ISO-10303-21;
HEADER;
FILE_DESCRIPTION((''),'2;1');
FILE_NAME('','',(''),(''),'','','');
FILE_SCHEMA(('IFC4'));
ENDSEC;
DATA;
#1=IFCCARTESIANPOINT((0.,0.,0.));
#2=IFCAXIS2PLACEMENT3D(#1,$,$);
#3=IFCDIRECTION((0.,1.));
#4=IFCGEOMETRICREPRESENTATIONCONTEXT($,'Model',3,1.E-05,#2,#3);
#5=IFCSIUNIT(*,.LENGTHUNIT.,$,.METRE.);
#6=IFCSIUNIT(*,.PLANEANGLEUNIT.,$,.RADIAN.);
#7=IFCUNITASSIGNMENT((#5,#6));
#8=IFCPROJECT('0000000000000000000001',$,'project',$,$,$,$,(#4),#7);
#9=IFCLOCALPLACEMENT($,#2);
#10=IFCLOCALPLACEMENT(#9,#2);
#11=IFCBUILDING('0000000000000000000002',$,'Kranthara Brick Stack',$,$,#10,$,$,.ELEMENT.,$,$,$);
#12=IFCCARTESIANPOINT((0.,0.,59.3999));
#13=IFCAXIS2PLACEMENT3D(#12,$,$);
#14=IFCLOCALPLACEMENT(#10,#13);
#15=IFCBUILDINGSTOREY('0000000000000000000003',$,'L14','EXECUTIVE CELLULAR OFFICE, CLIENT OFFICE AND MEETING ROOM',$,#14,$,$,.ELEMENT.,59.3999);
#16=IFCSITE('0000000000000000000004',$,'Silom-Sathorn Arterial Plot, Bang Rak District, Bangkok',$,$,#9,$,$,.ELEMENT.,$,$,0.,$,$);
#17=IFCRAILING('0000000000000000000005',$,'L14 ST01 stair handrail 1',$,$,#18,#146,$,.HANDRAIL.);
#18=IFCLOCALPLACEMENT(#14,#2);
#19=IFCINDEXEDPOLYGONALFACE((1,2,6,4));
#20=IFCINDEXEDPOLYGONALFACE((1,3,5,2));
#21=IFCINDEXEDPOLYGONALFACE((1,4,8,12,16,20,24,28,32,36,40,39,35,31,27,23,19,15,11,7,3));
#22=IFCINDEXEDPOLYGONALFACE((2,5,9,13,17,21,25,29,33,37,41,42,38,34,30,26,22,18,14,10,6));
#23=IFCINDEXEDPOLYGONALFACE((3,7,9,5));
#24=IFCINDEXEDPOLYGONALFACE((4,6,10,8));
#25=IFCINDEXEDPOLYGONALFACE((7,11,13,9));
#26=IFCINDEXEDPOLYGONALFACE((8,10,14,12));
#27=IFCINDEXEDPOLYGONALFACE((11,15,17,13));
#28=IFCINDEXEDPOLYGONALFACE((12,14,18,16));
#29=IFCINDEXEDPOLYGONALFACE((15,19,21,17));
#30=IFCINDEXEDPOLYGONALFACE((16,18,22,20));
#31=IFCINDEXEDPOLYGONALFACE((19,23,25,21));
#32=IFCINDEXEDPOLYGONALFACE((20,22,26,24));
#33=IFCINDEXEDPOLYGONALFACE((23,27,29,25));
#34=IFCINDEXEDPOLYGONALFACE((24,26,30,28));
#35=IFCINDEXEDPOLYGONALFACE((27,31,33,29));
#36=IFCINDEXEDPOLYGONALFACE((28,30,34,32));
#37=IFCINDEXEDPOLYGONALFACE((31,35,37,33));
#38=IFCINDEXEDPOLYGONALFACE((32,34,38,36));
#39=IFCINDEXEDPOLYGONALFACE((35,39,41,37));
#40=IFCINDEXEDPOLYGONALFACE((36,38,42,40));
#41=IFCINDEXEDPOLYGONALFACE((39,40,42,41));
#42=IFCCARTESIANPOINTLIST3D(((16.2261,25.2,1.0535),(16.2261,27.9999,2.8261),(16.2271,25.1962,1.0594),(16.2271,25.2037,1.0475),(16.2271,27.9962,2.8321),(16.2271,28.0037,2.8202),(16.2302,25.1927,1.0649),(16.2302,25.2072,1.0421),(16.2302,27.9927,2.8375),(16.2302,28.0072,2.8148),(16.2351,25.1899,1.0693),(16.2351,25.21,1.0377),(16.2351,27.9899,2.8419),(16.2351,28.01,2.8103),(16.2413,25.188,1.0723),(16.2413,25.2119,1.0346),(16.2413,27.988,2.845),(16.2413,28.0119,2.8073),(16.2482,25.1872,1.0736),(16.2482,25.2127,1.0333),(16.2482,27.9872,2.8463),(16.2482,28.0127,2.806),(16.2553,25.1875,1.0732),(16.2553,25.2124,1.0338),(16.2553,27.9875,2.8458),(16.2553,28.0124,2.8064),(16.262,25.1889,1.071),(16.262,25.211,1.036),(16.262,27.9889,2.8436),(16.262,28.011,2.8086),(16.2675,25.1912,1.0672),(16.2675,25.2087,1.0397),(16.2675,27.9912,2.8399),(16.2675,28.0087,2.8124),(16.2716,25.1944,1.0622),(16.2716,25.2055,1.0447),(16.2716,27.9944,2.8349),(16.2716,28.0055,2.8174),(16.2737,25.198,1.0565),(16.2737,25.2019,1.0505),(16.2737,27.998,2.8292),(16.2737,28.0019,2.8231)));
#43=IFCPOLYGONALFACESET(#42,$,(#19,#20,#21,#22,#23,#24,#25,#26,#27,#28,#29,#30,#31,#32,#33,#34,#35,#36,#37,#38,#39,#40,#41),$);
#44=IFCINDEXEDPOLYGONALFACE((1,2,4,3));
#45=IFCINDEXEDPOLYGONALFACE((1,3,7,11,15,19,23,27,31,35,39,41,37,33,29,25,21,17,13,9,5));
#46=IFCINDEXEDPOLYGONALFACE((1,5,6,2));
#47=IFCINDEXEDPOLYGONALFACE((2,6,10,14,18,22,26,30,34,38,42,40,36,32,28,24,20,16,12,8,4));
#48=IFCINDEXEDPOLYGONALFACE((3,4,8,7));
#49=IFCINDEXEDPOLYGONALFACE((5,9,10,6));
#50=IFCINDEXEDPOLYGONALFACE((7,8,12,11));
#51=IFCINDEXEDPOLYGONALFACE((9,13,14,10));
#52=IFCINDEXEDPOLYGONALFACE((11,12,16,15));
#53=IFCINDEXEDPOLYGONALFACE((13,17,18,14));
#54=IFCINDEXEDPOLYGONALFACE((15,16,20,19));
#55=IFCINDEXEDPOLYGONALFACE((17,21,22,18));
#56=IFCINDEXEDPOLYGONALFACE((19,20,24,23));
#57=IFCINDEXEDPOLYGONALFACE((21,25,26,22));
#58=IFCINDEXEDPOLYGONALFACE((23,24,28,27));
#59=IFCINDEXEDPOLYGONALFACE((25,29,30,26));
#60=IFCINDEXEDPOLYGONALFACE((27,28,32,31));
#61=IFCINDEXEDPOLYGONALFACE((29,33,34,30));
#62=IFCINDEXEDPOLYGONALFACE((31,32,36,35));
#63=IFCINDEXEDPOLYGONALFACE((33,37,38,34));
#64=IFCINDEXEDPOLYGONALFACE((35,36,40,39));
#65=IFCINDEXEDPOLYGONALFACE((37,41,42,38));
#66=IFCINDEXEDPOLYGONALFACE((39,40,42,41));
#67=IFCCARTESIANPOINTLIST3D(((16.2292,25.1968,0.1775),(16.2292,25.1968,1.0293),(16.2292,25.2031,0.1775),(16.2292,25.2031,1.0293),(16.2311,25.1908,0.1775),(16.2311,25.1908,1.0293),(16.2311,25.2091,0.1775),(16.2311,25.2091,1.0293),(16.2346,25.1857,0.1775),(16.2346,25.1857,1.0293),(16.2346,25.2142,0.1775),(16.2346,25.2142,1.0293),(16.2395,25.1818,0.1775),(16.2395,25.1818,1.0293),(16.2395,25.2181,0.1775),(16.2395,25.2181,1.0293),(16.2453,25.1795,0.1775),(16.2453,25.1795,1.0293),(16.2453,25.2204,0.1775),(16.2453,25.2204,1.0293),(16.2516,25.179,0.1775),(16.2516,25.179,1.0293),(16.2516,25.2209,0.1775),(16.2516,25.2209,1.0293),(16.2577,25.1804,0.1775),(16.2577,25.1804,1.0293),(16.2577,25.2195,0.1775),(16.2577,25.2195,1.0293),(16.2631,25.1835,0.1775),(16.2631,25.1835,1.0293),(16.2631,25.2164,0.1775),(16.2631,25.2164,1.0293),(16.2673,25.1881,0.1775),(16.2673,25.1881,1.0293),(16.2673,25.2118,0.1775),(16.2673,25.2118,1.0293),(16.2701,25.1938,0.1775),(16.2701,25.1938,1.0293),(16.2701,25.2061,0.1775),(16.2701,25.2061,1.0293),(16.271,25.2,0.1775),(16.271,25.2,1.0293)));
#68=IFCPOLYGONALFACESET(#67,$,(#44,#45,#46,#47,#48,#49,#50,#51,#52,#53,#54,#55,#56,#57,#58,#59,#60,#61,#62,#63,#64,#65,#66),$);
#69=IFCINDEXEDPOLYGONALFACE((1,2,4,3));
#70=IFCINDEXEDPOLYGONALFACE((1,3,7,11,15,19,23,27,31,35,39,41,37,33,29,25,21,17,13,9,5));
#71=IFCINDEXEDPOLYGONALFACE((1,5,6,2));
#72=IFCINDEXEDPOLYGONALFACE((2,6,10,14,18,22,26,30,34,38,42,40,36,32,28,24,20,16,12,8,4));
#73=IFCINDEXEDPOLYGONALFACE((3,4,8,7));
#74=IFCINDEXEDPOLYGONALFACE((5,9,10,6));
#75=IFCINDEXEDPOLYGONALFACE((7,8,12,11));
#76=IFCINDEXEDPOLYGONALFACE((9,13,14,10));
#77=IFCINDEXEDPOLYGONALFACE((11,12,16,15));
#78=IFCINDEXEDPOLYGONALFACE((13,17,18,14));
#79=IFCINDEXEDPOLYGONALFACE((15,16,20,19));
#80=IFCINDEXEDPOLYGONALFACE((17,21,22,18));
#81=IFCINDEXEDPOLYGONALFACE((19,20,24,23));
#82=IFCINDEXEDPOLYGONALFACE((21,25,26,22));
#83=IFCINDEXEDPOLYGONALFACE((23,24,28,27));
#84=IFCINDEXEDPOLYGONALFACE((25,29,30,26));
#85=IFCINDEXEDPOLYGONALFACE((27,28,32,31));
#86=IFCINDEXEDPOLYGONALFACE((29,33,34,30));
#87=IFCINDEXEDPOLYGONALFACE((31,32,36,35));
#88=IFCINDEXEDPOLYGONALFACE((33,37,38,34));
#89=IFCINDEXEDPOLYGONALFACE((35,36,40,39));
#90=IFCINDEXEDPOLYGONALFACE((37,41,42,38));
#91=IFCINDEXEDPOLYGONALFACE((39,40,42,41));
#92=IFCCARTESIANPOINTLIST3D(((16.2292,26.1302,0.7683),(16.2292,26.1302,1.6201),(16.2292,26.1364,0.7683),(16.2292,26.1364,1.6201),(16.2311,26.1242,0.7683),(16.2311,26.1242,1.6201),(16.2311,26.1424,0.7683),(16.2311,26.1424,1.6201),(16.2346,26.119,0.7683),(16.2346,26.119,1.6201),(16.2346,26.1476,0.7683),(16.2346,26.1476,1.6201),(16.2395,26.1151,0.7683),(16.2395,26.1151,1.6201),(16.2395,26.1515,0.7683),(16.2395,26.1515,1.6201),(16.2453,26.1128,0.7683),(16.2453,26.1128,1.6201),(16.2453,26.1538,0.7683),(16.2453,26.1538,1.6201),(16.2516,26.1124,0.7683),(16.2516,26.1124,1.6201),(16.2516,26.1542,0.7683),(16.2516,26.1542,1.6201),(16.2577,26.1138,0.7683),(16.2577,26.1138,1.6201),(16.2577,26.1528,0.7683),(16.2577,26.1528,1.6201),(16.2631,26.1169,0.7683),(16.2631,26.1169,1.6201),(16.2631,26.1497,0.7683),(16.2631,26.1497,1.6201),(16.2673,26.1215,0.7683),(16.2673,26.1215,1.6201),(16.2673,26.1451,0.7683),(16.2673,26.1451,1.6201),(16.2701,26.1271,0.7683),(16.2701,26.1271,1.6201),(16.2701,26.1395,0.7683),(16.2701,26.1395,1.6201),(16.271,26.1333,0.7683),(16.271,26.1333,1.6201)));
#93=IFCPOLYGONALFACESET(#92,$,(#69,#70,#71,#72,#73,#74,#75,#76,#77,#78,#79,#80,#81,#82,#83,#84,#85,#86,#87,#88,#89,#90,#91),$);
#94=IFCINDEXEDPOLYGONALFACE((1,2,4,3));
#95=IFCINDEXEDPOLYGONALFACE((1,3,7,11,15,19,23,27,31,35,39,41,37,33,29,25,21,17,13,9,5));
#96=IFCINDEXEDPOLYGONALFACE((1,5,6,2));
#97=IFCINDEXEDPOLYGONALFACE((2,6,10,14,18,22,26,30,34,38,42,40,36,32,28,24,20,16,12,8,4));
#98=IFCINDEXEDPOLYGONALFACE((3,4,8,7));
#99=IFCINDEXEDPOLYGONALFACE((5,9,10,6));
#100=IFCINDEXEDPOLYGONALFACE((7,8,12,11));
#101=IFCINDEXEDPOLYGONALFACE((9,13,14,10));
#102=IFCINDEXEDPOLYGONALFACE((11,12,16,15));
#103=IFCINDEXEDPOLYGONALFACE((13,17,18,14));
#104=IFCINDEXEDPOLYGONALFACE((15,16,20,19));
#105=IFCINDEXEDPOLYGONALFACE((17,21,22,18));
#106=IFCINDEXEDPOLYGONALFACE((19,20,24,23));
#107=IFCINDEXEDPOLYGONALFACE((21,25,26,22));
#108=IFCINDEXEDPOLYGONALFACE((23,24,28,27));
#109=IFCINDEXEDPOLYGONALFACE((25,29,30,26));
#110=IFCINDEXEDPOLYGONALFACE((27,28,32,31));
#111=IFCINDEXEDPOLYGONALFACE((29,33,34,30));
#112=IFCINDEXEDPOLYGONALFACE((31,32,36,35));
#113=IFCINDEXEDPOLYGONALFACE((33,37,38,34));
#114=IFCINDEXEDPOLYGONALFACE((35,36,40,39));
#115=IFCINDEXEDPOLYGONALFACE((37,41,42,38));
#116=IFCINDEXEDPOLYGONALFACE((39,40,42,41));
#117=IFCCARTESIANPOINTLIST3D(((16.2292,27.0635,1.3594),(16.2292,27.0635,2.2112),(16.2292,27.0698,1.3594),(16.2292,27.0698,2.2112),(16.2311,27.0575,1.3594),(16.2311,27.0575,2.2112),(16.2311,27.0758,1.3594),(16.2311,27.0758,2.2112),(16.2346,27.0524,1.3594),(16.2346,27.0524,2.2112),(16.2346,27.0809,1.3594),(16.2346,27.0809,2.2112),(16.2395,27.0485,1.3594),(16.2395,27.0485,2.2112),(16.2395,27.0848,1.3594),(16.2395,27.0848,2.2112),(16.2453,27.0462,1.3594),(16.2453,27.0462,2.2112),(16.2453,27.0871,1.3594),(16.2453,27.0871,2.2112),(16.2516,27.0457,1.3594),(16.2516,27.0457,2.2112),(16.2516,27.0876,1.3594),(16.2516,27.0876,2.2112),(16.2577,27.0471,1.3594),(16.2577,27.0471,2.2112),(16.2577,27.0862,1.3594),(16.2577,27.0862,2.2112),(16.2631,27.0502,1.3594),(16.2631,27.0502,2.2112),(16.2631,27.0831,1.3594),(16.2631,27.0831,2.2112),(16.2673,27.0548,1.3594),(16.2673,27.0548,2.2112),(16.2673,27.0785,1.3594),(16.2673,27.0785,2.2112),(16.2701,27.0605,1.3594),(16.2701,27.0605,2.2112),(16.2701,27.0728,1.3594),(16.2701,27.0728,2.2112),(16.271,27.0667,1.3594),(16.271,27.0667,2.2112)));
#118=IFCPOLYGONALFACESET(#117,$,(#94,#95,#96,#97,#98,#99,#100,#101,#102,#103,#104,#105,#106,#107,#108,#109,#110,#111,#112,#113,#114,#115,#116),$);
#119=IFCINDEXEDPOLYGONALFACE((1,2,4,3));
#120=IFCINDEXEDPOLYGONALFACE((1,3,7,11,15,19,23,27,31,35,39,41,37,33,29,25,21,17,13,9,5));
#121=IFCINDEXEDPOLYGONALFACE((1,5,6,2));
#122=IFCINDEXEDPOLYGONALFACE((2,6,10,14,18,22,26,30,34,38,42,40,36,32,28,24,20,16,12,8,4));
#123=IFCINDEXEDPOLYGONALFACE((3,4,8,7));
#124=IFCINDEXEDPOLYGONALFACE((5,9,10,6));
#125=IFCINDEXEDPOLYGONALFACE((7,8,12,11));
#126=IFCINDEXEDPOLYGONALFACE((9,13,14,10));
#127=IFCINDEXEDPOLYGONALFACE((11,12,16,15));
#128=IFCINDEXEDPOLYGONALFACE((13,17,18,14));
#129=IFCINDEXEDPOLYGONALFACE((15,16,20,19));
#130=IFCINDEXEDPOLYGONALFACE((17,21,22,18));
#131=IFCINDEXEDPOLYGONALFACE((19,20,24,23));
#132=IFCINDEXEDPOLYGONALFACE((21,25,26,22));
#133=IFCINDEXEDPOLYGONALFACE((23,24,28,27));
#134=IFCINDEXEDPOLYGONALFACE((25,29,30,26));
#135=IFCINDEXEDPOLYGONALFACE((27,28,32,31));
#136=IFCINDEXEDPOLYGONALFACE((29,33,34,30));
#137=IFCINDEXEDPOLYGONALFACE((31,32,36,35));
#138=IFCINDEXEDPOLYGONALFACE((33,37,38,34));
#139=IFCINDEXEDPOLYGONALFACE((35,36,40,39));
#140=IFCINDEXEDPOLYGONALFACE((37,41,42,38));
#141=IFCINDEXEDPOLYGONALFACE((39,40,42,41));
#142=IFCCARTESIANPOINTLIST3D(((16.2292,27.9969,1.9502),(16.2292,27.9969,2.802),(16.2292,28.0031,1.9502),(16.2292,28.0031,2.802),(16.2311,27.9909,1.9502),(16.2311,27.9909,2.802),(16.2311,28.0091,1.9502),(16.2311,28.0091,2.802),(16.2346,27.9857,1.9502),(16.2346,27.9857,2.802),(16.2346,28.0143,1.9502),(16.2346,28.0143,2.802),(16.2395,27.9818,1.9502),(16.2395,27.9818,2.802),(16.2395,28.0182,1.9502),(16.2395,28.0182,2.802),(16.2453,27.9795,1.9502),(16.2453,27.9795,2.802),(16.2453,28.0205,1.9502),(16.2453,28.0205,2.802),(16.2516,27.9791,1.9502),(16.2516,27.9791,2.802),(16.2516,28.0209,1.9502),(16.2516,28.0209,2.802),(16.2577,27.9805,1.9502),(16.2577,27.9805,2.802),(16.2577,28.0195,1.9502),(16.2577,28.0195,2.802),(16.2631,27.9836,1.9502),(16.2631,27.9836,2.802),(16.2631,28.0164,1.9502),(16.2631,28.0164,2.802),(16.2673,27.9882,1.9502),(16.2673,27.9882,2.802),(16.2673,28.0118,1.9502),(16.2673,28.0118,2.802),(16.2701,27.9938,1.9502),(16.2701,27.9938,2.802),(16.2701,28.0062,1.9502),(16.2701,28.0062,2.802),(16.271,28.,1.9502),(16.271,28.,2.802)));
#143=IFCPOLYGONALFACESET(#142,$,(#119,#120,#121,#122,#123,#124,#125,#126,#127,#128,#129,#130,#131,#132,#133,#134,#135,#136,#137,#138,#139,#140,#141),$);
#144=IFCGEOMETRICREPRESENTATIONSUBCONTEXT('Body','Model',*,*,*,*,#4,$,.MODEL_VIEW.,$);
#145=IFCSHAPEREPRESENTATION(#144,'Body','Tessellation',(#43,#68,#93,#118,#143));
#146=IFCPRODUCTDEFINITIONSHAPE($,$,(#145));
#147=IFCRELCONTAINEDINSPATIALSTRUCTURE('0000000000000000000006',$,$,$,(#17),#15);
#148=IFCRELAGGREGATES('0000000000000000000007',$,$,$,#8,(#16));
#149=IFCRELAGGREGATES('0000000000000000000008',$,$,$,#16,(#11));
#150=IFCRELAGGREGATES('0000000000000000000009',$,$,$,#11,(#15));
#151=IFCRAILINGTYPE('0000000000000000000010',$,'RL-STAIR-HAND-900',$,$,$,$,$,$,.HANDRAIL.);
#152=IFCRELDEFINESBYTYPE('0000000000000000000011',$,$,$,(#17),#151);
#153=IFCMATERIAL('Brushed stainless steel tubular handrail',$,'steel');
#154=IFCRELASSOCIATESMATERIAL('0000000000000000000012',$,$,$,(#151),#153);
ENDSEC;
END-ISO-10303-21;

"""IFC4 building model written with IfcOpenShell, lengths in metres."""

from ifc_helpers import new_model, si_unit, direction, frame, origin, origin_2d, place, context, subcontext, project, spatial, circle, extrude, material, type_object, element, save


model = new_model("IFC4")

# Units and contexts
model_context = context("Model", 3, precision=1e-05, world=origin(), true_north=direction((0.0, 1.0)))
body_context = subcontext(model_context, "Body", "Model", "MODEL_VIEW")
ifc_project = project(units=[si_unit("LENGTHUNIT", "METRE"), si_unit("PLANEANGLEUNIT", "RADIAN")], contexts=[model_context])

# Site, building, storey
site_placement = place(None, origin())
site = spatial("IfcSite", under=ifc_project, at=site_placement, Name="Silom-Sathorn Arterial Plot, Bang Rak District, Bangkok", CompositionType="ELEMENT", RefElevation=0.0)
building_placement = place(site_placement, origin())
building = spatial("IfcBuilding", under=site, at=building_placement, Name="Kranthara Brick Stack", CompositionType="ELEMENT")
storey_placement = place(building_placement, frame((0.0, 0.0, 59.3999)))
storey = spatial("IfcBuildingStorey", under=building, at=storey_placement, Name="L14", Description="EXECUTIVE CELLULAR OFFICE, CLIENT OFFICE AND MEETING ROOM", CompositionType="ELEMENT", Elevation=59.3999)

# Railing
ifc_material_1 = material(Name="Brushed stainless steel tubular handrail", Category="steel")
railing_type_1 = type_object("IfcRailingType", Name="RL-STAIR-HAND-900", PredefinedType="HANDRAIL", material=ifc_material_1)
railing_1_placement = place(storey_placement, frame((16.25, 25.2, 0.1775)))
element("IfcRailing", 1, at=railing_1_placement, inside=storey, type_object=railing_type_1, Name="L14 ST01 stair handrail 1", PredefinedType="HANDRAIL", context=body_context, shape_type="SweptSolid", body=[
    extrude(circle(Radius=0.0239, at=origin_2d()), frame((0.0, 0.0, 0.876), z_axis=(0.0, 0.844909, 0.53491), x_axis=(-1.0, 0.0, 0.0)), (0.0, 0.0, 1.0), 3.314),
    extrude(circle(Radius=0.021, at=origin_2d()), origin(), (0.0, 0.0, 1.0), 0.8518),
    extrude(circle(Radius=0.021, at=origin_2d()), frame((0.0, 0.9333, 0.5908)), (0.0, 0.0, 1.0), 0.8518),
    extrude(circle(Radius=0.021, at=origin_2d()), frame((0.0, 1.8667, 1.1819)), (0.0, 0.0, 1.0), 0.8518),
    extrude(circle(Radius=0.021, at=origin_2d()), frame((0.0, 2.8, 1.7727)), (0.0, 0.0, 1.0), 0.8518),
])

save(model, "model.ifc")
